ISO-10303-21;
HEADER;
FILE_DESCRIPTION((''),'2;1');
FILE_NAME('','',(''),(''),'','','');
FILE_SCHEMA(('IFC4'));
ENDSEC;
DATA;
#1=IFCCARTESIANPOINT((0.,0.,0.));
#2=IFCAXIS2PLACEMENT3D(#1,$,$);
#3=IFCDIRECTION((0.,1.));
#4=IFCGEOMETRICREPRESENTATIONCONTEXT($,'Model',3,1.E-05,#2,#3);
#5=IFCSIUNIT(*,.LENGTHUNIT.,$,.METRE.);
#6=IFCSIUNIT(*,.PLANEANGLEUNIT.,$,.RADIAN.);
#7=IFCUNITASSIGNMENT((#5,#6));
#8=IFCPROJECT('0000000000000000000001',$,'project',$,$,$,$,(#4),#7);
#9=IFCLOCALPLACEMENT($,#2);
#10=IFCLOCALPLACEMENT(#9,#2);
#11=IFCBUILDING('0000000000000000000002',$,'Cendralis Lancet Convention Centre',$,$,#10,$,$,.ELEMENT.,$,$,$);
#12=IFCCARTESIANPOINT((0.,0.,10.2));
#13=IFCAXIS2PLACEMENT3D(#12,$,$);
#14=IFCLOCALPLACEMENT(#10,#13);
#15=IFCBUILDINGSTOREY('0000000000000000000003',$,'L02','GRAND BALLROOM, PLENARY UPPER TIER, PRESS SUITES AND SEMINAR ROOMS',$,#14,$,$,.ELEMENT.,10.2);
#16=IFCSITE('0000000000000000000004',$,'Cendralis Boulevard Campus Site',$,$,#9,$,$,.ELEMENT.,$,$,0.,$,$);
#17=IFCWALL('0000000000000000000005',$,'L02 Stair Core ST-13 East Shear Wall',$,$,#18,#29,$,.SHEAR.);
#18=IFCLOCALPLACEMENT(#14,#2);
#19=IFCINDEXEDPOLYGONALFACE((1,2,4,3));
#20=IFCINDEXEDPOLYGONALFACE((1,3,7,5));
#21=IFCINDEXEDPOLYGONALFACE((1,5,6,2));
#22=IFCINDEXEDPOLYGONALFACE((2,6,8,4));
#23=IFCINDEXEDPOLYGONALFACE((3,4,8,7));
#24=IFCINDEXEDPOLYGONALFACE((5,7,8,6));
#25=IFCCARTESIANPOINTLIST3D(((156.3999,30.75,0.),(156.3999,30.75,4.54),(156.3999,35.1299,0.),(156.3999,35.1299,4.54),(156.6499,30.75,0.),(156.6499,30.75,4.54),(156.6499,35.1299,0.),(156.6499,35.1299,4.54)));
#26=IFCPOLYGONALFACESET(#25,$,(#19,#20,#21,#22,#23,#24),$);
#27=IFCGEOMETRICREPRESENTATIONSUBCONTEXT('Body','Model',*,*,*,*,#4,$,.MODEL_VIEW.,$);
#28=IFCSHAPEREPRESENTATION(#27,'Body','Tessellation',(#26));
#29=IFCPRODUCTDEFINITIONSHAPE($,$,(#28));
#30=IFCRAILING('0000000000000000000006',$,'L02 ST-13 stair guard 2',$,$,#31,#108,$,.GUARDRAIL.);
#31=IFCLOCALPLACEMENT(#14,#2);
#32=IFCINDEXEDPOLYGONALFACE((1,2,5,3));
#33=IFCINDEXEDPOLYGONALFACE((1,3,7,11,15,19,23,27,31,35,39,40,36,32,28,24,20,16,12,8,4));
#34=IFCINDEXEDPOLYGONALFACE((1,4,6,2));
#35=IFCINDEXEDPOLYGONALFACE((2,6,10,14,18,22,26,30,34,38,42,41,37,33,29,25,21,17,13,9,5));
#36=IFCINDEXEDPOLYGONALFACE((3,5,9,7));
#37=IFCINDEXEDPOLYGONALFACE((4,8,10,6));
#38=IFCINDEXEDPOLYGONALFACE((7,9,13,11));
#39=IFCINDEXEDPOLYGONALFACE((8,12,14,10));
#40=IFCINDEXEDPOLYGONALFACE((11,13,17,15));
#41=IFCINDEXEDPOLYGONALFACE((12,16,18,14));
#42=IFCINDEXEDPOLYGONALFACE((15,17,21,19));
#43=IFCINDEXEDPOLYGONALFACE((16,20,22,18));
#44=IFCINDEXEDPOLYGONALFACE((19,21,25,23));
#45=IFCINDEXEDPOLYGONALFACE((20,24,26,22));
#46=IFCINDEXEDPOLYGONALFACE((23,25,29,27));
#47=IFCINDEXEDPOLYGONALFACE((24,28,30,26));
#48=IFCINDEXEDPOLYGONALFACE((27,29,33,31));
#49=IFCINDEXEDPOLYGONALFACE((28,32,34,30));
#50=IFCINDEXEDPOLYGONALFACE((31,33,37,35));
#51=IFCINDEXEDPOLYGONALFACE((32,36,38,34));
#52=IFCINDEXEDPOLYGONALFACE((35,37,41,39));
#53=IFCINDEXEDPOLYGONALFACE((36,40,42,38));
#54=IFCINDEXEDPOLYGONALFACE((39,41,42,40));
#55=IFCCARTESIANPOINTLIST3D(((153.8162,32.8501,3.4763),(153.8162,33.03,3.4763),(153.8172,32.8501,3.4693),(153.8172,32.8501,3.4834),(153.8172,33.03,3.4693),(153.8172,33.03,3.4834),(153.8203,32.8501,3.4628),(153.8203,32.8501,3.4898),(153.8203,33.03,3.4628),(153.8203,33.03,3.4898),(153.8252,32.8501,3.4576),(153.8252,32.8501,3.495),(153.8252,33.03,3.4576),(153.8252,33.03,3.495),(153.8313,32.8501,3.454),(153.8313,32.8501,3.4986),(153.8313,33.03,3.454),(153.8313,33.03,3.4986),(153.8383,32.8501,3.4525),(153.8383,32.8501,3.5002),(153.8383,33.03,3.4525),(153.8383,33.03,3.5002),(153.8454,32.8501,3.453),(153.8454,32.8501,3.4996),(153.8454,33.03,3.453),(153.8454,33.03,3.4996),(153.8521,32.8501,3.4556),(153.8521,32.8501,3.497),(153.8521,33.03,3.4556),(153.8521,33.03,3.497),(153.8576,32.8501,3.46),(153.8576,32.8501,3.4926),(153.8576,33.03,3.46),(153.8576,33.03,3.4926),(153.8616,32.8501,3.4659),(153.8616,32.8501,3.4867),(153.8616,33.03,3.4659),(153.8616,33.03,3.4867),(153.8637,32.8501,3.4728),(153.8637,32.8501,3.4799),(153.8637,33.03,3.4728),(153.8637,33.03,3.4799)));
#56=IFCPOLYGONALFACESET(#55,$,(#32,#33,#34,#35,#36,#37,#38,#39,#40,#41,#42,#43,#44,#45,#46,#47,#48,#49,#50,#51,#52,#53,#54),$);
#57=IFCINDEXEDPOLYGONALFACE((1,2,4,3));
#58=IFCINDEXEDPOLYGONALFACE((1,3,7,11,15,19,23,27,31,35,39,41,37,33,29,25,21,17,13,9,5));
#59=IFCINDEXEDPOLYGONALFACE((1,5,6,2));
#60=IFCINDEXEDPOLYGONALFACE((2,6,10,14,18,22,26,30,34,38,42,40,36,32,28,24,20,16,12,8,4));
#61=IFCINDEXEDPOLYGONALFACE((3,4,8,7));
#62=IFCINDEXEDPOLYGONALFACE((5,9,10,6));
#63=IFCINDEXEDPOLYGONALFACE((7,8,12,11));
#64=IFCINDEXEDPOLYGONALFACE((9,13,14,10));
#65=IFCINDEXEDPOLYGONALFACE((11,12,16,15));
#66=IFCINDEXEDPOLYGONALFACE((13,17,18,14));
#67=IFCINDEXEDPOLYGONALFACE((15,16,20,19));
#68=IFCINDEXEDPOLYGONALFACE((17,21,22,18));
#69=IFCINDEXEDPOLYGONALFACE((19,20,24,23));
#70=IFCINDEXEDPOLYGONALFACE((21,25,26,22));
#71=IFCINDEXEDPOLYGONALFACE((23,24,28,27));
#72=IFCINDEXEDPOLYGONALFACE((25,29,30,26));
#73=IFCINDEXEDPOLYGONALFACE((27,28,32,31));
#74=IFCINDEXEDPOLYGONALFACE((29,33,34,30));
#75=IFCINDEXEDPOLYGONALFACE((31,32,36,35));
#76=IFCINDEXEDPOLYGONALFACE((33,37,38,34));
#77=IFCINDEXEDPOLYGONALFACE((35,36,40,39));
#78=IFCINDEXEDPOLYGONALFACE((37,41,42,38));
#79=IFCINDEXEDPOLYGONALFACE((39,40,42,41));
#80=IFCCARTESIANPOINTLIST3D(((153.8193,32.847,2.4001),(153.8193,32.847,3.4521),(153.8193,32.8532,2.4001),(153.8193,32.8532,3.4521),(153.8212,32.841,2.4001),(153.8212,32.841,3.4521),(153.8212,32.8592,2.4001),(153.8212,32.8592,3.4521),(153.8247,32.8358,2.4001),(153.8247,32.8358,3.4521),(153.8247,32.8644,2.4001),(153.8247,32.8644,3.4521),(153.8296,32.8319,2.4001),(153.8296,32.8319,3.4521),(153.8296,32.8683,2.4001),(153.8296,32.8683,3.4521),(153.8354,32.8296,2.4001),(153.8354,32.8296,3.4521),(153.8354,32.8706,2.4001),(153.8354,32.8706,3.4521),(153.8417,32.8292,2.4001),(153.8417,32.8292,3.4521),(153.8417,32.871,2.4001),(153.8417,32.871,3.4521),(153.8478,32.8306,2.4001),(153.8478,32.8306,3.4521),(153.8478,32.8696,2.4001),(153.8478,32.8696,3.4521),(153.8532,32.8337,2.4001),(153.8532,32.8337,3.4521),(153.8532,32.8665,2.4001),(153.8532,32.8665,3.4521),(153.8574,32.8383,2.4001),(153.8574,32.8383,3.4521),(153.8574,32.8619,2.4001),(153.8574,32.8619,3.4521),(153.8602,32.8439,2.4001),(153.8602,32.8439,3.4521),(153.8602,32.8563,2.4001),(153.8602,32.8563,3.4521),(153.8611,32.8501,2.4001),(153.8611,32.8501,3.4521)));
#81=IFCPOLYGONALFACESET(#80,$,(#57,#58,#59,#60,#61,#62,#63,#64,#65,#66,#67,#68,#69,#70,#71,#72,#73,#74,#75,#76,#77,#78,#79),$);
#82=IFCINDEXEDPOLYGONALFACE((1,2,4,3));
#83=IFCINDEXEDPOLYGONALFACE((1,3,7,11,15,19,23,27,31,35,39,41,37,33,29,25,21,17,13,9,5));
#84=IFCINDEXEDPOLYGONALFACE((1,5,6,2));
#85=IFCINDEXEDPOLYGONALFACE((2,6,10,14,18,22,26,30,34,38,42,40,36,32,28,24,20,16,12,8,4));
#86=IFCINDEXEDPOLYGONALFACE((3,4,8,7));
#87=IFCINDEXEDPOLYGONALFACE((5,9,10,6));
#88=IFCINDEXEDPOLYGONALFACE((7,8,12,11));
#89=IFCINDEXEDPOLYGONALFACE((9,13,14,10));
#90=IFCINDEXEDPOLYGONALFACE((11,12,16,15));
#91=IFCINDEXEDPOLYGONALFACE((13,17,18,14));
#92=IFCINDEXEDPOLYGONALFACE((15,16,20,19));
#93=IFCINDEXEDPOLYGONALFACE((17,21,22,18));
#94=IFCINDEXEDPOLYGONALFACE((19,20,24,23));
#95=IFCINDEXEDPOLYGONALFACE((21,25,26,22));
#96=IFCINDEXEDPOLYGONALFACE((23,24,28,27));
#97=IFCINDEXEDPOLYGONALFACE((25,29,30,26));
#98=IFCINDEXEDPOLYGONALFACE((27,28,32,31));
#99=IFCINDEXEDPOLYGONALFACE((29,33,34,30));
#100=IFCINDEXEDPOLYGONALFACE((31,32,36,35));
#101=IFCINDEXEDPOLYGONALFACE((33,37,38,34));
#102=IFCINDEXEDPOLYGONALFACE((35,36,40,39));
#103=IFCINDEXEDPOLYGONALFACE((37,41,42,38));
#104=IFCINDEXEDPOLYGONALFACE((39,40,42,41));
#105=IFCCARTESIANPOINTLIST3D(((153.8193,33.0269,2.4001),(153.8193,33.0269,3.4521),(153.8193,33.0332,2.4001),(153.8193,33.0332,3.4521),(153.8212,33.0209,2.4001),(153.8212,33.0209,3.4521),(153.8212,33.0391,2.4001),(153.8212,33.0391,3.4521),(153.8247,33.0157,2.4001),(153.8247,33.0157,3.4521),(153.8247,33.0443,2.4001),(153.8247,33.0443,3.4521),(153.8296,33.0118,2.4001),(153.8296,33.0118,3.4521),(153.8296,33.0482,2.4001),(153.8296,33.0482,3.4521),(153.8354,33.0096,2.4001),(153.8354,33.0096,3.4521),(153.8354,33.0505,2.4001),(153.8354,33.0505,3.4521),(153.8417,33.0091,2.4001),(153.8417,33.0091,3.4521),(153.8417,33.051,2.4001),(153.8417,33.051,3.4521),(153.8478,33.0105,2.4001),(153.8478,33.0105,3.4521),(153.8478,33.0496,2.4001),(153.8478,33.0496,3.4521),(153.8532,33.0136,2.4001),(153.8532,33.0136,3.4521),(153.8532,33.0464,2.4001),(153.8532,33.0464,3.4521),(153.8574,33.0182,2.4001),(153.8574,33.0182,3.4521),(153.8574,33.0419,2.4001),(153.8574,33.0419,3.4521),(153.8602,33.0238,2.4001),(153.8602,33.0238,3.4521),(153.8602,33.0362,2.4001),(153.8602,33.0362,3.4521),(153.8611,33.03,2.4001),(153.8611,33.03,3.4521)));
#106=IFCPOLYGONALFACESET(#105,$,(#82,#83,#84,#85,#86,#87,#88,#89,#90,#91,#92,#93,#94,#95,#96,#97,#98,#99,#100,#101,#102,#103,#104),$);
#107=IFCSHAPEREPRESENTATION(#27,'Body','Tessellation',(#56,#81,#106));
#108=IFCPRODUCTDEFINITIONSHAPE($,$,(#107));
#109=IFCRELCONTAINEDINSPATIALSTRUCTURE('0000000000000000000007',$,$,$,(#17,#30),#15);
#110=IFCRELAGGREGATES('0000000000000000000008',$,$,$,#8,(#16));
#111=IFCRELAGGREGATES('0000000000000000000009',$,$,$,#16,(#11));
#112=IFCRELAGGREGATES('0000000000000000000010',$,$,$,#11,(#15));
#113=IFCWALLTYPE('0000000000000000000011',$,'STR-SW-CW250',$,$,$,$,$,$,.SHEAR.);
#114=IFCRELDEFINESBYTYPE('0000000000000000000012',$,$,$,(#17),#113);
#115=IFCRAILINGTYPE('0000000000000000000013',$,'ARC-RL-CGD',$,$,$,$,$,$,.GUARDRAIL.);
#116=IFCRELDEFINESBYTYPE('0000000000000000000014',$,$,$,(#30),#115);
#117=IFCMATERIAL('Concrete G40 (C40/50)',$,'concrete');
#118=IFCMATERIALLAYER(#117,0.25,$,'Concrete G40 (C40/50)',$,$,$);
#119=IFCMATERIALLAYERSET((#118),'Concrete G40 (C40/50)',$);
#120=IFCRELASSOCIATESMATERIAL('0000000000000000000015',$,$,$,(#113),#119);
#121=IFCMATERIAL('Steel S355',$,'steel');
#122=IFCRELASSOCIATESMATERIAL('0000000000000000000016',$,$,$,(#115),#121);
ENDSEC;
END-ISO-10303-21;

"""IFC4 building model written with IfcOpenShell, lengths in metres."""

from ifc_helpers import new_model, si_unit, direction, frame, frame_2d, origin, origin_2d, place, context, subcontext, project, spatial, rectangle, circle, extrude, material, layer, layer_set, type_object, element, save


model = new_model("IFC4")

# Units and contexts
model_context = context("Model", 3, precision=1e-05, world=origin(), true_north=direction((0.0, 1.0)))
body_context = subcontext(model_context, "Body", "Model", "MODEL_VIEW")
ifc_project = project(units=[si_unit("LENGTHUNIT", "METRE"), si_unit("PLANEANGLEUNIT", "RADIAN")], contexts=[model_context])

# Site, building, storey
site_placement = place(None, origin())
site = spatial("IfcSite", under=ifc_project, at=site_placement, Name="Cendralis Boulevard Campus Site", CompositionType="ELEMENT", RefElevation=0.0)
building_placement = place(site_placement, origin())
building = spatial("IfcBuilding", under=site, at=building_placement, Name="Cendralis Lancet Convention Centre", CompositionType="ELEMENT")
storey_placement = place(building_placement, frame((0.0, 0.0, 10.2)))
storey = spatial("IfcBuildingStorey", under=building, at=storey_placement, Name="L02", Description="GRAND BALLROOM, PLENARY UPPER TIER, PRESS SUITES AND SEMINAR ROOMS", CompositionType="ELEMENT", Elevation=10.2)

# Shared definitions
ifc_material_1 = material(Name="Concrete G40 (C40/50)", Category="concrete")

# Shared definitions
ifc_material_2 = material(Name="Steel S355", Category="steel")

# Wall
ifc_layer_1 = layer(ifc_material_1, 0.25, Name="Concrete G40 (C40/50)")
ifc_layer_set_1 = layer_set([ifc_layer_1], Name="Concrete G40 (C40/50)")
wall_type = type_object("IfcWallType", Name="STR-SW-CW250", PredefinedType="SHEAR", material=ifc_layer_set_1)
wall_placement = place(storey_placement, frame((156.5249, 30.75, 0.0), z_axis=(0.0, 0.0, 1.0), x_axis=(0.0, 1.0, 0.0)))
element("IfcWall", 1, at=wall_placement, inside=storey, type_object=wall_type, Name="L02 Stair Core ST-13 East Shear Wall", PredefinedType="SHEAR", context=body_context, shape_type="SweptSolid", body=[
    extrude(rectangle(XDim=4.3799, YDim=0.25, at=frame_2d((2.1899, 0.0))), origin(), (0.0, 0.0, 1.0), 4.54),
])

# Railing
railing_type_1 = type_object("IfcRailingType", Name="ARC-RL-CGD", PredefinedType="GUARDRAIL", material=ifc_material_2)
railing_1_placement = place(storey_placement, frame((153.8401, 32.8501, 2.4001)))
element("IfcRailing", 2, at=railing_1_placement, inside=storey, type_object=railing_type_1, Name="L02 ST-13 stair guard 2", PredefinedType="GUARDRAIL", context=body_context, shape_type="SweptSolid", body=[
    extrude(circle(Radius=0.0239, at=origin_2d()), frame((0.0, 0.0, 1.0762), z_axis=(0.0, 1.0, 0.0), x_axis=(-1.0, 0.0, 0.0)), (0.0, 0.0, 1.0), 0.1799),
    extrude(circle(Radius=0.021, at=origin_2d()), origin(), (0.0, 0.0, 1.0), 1.052),
    extrude(circle(Radius=0.021, at=origin_2d()), frame((0.0, 0.1799, 0.0)), (0.0, 0.0, 1.0), 1.052),
])

save(model, "model.ifc")
